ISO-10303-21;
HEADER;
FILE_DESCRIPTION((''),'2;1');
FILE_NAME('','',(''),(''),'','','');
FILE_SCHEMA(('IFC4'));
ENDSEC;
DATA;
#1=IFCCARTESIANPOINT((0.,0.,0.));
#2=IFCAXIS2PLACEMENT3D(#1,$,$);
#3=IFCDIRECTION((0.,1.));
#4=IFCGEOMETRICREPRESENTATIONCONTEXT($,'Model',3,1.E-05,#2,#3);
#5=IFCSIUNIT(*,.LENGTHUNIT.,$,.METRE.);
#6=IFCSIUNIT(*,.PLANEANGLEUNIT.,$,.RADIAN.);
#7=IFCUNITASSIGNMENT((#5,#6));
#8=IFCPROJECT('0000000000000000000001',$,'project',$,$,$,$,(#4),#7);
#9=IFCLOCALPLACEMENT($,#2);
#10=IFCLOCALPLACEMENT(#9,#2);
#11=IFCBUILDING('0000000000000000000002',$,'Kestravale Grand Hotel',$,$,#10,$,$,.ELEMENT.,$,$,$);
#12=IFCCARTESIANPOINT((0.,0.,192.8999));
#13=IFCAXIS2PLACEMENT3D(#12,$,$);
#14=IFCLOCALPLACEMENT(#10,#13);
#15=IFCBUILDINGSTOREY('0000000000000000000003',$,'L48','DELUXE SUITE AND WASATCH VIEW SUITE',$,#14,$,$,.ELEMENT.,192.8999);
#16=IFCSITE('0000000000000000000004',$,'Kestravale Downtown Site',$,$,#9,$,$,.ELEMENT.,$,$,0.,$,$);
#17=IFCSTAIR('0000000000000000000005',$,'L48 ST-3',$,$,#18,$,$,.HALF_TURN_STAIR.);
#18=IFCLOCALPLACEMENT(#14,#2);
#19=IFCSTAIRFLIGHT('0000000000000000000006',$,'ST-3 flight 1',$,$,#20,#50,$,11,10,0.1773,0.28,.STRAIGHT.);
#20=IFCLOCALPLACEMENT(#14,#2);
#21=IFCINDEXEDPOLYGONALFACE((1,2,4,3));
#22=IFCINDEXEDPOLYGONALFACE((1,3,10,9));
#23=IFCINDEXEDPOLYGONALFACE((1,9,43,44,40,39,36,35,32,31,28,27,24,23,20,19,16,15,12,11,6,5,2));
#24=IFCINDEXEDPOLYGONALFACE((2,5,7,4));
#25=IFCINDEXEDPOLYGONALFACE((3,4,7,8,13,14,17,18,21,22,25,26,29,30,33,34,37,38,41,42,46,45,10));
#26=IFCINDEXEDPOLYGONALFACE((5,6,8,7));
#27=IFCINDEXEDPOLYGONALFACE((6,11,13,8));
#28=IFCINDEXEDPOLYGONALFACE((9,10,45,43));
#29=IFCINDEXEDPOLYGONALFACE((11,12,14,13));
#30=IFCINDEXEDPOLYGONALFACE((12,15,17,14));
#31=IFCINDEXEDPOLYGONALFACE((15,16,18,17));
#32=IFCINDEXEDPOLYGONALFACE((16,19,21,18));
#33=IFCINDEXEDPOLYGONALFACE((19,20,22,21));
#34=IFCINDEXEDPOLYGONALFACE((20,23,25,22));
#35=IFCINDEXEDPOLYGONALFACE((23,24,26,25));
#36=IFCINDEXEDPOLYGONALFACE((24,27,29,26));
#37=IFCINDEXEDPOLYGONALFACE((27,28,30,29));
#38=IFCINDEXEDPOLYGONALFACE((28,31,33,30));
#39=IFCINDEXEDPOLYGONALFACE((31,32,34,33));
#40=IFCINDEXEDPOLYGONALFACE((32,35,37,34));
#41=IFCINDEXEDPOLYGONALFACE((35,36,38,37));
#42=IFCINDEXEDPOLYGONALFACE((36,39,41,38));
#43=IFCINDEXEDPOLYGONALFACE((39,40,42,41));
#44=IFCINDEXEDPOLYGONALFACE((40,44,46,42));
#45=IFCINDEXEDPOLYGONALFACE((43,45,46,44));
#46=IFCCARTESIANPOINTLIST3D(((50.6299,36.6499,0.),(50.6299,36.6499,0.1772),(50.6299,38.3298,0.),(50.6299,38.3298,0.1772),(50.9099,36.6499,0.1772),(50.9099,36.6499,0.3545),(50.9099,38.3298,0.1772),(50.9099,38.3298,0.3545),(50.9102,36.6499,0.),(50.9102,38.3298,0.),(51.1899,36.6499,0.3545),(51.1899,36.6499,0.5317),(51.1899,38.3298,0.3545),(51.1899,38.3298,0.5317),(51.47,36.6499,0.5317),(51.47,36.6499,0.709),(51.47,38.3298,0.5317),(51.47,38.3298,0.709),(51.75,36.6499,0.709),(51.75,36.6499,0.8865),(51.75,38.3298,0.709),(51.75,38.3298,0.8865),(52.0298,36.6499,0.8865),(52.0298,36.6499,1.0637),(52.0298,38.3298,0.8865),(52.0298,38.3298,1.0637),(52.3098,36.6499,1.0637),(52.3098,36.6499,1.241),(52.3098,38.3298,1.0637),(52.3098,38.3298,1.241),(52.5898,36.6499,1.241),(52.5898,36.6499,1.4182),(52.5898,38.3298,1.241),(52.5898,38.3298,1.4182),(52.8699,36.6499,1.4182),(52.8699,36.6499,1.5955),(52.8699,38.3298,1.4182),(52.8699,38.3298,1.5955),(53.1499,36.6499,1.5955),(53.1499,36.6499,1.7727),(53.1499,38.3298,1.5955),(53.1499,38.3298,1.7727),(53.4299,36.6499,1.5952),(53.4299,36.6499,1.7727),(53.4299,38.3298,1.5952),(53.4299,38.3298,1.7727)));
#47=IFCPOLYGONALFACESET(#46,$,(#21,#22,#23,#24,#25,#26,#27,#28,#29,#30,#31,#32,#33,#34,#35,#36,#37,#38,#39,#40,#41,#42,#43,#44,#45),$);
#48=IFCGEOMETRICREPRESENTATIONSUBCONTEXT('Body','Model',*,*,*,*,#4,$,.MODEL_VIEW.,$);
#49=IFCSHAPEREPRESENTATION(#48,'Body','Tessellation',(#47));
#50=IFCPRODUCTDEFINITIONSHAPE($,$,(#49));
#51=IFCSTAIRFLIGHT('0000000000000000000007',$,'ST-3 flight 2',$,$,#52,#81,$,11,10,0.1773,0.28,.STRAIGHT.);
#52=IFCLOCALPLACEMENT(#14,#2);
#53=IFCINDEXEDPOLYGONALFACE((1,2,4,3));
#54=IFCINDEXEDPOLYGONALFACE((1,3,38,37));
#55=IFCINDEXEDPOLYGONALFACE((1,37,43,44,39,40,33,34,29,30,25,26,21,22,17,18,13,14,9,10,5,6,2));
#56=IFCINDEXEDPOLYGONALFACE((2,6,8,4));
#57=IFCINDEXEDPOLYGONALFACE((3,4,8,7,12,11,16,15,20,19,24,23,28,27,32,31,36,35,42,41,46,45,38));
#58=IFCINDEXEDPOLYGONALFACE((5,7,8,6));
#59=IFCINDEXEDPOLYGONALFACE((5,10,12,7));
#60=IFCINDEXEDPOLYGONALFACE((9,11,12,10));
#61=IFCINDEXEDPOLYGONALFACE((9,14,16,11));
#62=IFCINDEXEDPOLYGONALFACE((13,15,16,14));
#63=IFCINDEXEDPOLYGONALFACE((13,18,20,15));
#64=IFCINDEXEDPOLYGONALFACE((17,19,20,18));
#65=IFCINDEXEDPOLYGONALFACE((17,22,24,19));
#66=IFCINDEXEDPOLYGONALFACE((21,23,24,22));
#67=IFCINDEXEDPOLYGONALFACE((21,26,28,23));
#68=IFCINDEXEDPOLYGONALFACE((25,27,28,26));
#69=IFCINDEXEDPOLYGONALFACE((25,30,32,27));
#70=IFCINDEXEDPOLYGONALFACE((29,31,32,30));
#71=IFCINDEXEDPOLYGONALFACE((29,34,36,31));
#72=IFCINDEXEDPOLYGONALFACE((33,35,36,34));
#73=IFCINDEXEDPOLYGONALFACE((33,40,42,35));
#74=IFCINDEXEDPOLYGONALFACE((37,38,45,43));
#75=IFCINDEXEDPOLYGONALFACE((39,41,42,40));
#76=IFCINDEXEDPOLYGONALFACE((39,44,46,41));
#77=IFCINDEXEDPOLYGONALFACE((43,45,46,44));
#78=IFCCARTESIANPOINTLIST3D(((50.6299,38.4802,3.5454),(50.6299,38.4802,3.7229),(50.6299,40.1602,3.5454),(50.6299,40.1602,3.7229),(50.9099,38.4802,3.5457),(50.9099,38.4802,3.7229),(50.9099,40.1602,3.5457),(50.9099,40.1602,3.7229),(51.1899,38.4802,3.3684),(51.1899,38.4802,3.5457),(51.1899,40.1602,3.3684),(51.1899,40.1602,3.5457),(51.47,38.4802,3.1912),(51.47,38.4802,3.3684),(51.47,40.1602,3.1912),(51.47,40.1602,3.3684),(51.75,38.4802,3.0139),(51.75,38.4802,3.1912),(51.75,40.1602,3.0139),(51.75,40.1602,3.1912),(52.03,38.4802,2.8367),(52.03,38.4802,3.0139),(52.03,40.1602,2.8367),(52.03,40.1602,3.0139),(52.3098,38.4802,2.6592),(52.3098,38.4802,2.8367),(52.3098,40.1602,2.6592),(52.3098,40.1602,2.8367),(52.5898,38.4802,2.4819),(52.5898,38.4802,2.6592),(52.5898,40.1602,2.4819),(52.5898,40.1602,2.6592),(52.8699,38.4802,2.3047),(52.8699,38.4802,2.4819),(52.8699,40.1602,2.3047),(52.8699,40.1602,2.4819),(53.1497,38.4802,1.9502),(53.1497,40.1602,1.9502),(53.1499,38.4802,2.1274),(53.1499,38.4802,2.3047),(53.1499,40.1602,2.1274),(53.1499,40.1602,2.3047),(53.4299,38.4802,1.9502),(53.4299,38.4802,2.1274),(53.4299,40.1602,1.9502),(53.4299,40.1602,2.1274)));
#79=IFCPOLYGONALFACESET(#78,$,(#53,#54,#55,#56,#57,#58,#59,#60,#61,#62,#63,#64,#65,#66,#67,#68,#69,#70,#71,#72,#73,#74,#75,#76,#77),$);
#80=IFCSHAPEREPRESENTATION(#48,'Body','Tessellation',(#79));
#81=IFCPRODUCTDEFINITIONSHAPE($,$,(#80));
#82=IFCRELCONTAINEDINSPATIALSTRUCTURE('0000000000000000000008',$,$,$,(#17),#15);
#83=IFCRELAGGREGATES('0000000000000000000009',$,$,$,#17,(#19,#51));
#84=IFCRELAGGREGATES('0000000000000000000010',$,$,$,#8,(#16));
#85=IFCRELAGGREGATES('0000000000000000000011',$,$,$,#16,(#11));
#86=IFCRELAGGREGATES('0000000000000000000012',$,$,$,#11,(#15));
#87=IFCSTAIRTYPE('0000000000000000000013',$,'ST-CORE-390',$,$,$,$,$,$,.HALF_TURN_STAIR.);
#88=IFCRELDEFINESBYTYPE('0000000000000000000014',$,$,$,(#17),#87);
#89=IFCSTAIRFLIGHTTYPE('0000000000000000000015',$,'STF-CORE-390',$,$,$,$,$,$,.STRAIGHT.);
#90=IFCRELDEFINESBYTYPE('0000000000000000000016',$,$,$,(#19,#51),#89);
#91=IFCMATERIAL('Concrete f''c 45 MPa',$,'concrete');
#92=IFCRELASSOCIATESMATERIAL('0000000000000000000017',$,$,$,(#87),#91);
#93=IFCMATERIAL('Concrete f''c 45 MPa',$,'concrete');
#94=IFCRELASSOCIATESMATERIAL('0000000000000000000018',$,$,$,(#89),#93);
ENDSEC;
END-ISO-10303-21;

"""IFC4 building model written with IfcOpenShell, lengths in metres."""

from ifc_helpers import new_model, si_unit, direction, frame, origin, place, context, subcontext, project, spatial, polyline, outline, extrude, material, type_object, element, aggregate, save


model = new_model("IFC4")

# Units and contexts
model_context = context("Model", 3, precision=1e-05, world=origin(), true_north=direction((0.0, 1.0)))
body_context = subcontext(model_context, "Body", "Model", "MODEL_VIEW")
ifc_project = project(units=[si_unit("LENGTHUNIT", "METRE"), si_unit("PLANEANGLEUNIT", "RADIAN")], contexts=[model_context])

# Site, building, storey
site_placement = place(None, origin())
site = spatial("IfcSite", under=ifc_project, at=site_placement, Name="Kestravale Downtown Site", CompositionType="ELEMENT", RefElevation=0.0)
building_placement = place(site_placement, origin())
building = spatial("IfcBuilding", under=site, at=building_placement, Name="Kestravale Grand Hotel", CompositionType="ELEMENT")
storey_placement = place(building_placement, frame((0.0, 0.0, 192.8999)))
storey = spatial("IfcBuildingStorey", under=building, at=storey_placement, Name="L48", Description="DELUXE SUITE AND WASATCH VIEW SUITE", CompositionType="ELEMENT", Elevation=192.8999)

# Stair, stair flights
ifc_material_1 = material(Name="Concrete f'c 45 MPa", Category="concrete")
stair_type = type_object("IfcStairType", Name="ST-CORE-390", PredefinedType="HALF_TURN_STAIR", material=ifc_material_1)
stair_placement = place(storey_placement, origin())
stair = element("IfcStair", 1, at=stair_placement, inside=storey, type_object=stair_type, Name="L48 ST-3", PredefinedType="HALF_TURN_STAIR")
ifc_material_2 = material(Name="Concrete f'c 45 MPa", Category="concrete")
stair_flight_type = type_object("IfcStairFlightType", Name="STF-CORE-390", PredefinedType="STRAIGHT", material=ifc_material_2)
stair_flight_1_placement = place(storey_placement, frame((50.6299, 37.49, 0.0), z_axis=(0.0, 0.0, 1.0), x_axis=(1.0, 0.0, 0.0)))
stair_flight_1 = element("IfcStairFlight", 2, at=stair_flight_1_placement, type_object=stair_flight_type, Name="ST-3 flight 1", NumberOfRisers=11, NumberOfTreads=10, PredefinedType="STRAIGHT", RiserHeight=0.1773, TreadLength=0.28, context=body_context, shape_type="SweptSolid", body=[
    extrude(outline(polyline([(0.0, 0.0), (0.0, 0.1772), (0.28, 0.1772), (0.28, 0.3545), (0.5601, 0.3545), (0.5601, 0.5317), (0.8401, 0.5317), (0.8401, 0.709), (1.1201, 0.709), (1.1201, 0.8865), (1.3999, 0.8865), (1.3999, 1.0637), (1.6799, 1.0637), (1.6799, 1.241), (1.96, 1.241), (1.96, 1.4182), (2.24, 1.4182), (2.24, 1.5955), (2.52, 1.5955), (2.52, 1.7727), (2.8, 1.7727), (2.8, 1.95), (2.8, 1.5952), (0.2803, 0.0), (0.0, 0.0)])), frame((0.0, 0.8398, 0.0), z_axis=(0.0, -1.0, 0.0), x_axis=(1.0, 0.0, 0.0)), (0.0, 0.0, 1.0), 1.6799),
])
stair_flight_2_placement = place(storey_placement, frame((53.4299, 39.3201, 1.9502), z_axis=(0.0, 0.0, 1.0), x_axis=(-1.0, 0.0, 0.0)))
stair_flight_2 = element("IfcStairFlight", 3, at=stair_flight_2_placement, type_object=stair_flight_type, Name="ST-3 flight 2", NumberOfRisers=11, NumberOfTreads=10, PredefinedType="STRAIGHT", RiserHeight=0.1773, TreadLength=0.28, context=body_context, shape_type="SweptSolid", body=[
    extrude(outline(polyline([(0.0, 0.0), (0.0, 0.1772), (0.28, 0.1772), (0.28, 0.3545), (0.5601, 0.3545), (0.5601, 0.5317), (0.8401, 0.5317), (0.8401, 0.709), (1.1201, 0.709), (1.1201, 0.8865), (1.3999, 0.8865), (1.3999, 1.0637), (1.6799, 1.0637), (1.6799, 1.241), (1.96, 1.241), (1.96, 1.4182), (2.24, 1.4182), (2.24, 1.5955), (2.52, 1.5955), (2.52, 1.7727), (2.8, 1.7727), (2.8, 1.95), (2.8, 1.5952), (0.2803, 0.0), (0.0, 0.0)])), frame((0.0, 0.8398, 0.0), z_axis=(0.0, -1.0, 0.0), x_axis=(1.0, 0.0, 0.0)), (0.0, 0.0, 1.0), 1.6799),
])
aggregate(stair, [stair_flight_1, stair_flight_2])

save(model, "model.ifc")
